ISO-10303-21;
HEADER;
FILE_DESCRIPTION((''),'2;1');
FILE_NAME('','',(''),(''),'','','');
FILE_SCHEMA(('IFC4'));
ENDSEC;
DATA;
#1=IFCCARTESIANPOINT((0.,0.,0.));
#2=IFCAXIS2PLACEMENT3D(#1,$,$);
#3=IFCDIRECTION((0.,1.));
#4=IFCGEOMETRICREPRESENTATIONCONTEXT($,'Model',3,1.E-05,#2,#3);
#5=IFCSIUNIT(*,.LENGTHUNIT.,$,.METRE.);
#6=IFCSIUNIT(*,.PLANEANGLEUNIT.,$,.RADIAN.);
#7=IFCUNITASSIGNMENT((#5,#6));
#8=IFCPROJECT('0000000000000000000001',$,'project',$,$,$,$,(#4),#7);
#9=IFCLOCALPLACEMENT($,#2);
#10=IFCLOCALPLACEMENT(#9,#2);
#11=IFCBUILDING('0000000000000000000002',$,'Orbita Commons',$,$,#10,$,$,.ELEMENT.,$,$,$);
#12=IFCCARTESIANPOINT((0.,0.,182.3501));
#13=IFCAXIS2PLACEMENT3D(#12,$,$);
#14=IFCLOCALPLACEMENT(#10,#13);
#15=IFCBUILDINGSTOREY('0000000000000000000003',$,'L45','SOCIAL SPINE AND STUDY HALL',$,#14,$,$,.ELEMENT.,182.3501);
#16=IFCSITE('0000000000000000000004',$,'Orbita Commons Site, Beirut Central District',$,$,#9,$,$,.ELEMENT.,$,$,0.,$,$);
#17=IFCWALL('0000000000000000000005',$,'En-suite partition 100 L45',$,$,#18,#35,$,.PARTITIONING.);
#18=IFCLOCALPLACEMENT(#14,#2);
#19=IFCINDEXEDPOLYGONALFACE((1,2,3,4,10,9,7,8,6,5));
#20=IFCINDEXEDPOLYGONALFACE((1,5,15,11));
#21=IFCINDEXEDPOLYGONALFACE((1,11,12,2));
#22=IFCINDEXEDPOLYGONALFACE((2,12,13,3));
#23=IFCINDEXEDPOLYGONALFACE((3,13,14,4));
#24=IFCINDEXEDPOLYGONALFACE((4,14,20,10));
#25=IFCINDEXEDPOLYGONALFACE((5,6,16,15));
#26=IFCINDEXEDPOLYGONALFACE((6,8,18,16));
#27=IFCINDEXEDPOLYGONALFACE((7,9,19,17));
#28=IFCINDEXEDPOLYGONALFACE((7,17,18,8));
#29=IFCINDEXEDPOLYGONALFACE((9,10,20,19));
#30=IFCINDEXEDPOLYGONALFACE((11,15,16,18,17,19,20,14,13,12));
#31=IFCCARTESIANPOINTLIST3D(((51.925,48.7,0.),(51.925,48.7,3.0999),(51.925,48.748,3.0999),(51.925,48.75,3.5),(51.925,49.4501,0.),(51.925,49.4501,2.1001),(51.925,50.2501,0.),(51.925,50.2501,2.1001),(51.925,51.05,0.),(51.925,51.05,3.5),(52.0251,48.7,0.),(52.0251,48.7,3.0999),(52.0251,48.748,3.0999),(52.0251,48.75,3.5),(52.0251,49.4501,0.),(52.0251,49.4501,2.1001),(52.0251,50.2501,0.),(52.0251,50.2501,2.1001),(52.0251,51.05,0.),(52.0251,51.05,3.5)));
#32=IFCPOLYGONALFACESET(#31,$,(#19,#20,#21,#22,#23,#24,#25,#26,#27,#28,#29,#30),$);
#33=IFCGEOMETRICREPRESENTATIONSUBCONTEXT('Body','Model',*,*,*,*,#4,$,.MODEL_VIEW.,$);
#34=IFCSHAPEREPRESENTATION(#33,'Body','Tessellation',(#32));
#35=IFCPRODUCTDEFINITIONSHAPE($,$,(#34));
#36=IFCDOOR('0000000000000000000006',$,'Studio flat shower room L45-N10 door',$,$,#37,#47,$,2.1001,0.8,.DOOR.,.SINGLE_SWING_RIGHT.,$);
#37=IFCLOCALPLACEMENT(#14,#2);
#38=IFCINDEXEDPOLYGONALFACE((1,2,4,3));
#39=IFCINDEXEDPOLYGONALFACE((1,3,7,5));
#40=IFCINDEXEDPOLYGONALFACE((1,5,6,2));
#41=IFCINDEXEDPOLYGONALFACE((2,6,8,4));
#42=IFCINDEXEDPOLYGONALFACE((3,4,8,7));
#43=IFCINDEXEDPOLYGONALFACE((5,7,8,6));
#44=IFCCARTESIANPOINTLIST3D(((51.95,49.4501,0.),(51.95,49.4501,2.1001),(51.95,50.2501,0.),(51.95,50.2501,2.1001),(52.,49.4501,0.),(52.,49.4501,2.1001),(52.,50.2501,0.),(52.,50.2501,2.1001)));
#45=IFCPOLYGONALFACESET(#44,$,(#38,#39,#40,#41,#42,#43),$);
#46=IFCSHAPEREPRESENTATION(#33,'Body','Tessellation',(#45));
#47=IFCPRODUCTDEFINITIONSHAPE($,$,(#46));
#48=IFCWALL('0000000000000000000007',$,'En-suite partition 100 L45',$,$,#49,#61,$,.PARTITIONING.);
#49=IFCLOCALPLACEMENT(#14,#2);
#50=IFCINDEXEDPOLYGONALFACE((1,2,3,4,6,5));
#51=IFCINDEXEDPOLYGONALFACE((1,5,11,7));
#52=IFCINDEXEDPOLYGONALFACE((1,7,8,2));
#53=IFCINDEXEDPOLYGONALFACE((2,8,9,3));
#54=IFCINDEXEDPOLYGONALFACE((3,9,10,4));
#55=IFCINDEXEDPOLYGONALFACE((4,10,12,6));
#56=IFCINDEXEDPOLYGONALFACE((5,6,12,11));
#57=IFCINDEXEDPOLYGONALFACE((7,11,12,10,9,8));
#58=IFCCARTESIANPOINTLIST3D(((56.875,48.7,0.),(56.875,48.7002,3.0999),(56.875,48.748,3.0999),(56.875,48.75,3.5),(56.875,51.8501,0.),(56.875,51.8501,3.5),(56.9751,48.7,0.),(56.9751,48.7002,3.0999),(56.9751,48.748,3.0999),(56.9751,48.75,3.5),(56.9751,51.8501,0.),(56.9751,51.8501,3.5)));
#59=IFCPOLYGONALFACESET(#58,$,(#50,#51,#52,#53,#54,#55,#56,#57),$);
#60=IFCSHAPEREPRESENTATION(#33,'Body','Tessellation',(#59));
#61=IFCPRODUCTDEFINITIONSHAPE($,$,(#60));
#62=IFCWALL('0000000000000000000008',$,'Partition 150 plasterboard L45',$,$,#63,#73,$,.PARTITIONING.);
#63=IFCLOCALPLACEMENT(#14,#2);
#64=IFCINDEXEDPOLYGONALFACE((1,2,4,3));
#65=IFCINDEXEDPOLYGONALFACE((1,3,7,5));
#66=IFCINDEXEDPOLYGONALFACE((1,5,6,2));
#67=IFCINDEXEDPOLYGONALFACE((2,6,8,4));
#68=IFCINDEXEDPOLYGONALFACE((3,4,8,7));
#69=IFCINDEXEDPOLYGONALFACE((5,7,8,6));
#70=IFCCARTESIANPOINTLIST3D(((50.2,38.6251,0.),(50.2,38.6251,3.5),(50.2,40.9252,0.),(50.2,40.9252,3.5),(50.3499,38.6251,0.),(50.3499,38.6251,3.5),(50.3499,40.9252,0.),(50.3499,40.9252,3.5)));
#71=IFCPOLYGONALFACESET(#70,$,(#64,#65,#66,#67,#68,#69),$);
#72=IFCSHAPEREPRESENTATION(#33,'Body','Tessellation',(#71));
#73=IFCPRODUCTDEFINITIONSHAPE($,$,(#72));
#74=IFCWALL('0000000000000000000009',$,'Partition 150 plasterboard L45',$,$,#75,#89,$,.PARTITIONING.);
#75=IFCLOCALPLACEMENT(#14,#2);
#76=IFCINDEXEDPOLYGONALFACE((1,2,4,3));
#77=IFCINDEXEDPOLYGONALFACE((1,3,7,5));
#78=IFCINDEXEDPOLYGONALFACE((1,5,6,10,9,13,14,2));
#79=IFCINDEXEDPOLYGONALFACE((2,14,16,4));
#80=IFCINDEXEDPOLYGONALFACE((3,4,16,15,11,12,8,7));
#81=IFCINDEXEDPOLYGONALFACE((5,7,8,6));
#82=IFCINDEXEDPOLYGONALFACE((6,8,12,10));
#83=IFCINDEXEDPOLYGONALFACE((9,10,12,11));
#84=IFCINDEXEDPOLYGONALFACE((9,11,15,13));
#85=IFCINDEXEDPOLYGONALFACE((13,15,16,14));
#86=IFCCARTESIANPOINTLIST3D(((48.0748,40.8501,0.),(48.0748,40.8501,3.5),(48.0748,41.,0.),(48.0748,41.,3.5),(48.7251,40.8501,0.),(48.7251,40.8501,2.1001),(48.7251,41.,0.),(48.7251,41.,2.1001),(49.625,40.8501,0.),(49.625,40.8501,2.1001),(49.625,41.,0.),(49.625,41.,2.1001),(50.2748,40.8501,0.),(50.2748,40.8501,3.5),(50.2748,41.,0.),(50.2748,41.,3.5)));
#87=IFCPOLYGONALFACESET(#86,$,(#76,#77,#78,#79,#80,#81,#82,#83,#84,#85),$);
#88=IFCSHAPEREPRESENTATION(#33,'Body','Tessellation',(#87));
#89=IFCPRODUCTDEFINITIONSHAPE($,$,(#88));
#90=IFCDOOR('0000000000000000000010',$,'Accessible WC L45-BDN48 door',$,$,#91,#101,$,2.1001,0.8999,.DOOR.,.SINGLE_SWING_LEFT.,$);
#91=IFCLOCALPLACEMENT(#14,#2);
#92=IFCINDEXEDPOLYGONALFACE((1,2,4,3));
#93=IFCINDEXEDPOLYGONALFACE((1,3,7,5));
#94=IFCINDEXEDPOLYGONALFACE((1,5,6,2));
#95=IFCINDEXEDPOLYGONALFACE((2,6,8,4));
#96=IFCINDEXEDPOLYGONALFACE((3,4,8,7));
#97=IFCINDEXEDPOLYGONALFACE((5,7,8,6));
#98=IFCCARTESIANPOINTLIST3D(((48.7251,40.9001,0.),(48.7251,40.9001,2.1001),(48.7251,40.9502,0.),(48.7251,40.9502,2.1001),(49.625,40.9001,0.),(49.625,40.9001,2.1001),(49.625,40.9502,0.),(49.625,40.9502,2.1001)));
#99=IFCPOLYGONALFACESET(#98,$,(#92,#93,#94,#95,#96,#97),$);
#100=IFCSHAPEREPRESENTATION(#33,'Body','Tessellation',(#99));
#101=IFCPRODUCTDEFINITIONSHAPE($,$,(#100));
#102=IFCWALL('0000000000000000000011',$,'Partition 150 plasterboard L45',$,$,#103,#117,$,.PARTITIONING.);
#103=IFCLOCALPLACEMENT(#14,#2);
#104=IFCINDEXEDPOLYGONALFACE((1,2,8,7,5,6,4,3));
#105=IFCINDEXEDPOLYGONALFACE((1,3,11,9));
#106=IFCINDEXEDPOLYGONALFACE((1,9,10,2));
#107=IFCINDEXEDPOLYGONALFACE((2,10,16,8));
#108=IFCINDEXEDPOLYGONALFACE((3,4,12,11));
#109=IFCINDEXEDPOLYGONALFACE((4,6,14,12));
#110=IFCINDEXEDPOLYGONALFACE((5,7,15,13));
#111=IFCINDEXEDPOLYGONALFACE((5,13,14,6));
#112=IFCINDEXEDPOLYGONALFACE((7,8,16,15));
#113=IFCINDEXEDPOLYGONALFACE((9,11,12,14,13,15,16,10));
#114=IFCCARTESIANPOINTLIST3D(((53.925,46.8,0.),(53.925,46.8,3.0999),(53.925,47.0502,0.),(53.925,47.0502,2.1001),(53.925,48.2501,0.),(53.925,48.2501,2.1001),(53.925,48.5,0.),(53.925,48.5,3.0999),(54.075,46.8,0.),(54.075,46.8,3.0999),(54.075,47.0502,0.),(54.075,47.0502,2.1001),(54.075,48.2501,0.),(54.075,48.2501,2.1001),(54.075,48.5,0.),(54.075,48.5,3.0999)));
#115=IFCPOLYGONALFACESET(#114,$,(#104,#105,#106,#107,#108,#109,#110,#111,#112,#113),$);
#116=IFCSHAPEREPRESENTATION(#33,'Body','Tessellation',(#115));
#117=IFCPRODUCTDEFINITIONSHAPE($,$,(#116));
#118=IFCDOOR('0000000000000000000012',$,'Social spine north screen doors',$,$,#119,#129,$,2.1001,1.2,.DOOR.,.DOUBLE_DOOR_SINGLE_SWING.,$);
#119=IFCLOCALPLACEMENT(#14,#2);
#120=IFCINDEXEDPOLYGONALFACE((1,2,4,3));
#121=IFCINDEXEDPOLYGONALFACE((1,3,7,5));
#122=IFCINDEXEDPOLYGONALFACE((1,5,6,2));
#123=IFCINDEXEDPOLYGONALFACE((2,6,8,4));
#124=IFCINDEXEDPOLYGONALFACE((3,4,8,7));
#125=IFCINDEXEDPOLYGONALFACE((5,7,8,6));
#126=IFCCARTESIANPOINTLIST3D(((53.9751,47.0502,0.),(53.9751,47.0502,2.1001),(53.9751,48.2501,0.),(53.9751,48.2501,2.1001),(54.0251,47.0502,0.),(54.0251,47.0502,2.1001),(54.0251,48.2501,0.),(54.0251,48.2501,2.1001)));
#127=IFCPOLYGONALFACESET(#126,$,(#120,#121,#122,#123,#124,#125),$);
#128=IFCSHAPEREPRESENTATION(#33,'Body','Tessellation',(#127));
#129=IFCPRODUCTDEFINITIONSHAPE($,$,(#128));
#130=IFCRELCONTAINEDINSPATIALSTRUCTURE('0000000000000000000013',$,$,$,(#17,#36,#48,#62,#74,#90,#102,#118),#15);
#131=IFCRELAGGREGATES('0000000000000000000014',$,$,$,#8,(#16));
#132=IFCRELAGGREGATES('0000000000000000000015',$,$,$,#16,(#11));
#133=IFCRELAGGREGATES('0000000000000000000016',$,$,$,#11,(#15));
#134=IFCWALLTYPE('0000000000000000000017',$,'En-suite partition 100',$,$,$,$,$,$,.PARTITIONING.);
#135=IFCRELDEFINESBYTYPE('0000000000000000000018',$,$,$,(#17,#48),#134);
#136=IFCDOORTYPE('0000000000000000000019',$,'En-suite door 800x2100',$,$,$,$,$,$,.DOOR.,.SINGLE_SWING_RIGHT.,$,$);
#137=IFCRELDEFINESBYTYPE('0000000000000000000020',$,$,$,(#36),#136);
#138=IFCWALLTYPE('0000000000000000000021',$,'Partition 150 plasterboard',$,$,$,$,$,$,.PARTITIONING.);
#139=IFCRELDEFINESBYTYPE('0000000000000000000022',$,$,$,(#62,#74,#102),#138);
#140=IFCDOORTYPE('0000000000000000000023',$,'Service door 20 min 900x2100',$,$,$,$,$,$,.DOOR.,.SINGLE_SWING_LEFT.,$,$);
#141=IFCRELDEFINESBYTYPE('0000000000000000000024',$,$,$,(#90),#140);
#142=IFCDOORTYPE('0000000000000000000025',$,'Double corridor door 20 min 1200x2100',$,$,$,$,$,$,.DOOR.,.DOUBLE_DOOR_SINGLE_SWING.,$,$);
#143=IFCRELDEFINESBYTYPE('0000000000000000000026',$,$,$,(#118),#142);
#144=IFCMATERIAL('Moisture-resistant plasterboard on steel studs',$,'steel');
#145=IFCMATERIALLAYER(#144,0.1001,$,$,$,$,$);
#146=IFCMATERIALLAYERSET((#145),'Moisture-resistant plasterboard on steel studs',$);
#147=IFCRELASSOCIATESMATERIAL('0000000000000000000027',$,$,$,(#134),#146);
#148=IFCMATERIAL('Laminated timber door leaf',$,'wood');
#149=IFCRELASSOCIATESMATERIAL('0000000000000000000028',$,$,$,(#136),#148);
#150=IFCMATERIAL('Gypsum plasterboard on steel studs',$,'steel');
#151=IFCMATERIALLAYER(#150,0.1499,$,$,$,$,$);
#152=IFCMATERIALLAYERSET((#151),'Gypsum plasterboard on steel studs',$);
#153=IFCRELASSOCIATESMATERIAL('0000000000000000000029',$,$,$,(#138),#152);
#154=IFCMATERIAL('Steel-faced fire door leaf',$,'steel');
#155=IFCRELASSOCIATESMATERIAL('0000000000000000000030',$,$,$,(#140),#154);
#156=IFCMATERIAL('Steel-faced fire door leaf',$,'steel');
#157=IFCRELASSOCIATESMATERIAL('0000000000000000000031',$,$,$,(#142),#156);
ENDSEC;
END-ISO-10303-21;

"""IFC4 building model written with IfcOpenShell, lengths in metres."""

from ifc_helpers import new_model, si_unit, direction, frame, frame_2d, origin, place, context, subcontext, project, spatial, polyline, rectangle, outline, extrude, material, layer, layer_set, type_object, element, fill, save


model = new_model("IFC4")

# Units and contexts
model_context = context("Model", 3, precision=1e-05, world=origin(), true_north=direction((0.0, 1.0)))
body_context = subcontext(model_context, "Body", "Model", "MODEL_VIEW")
ifc_project = project(units=[si_unit("LENGTHUNIT", "METRE"), si_unit("PLANEANGLEUNIT", "RADIAN")], contexts=[model_context])

# Site, building, storey
site_placement = place(None, origin())
site = spatial("IfcSite", under=ifc_project, at=site_placement, Name="Orbita Commons Site, Beirut Central District", CompositionType="ELEMENT", RefElevation=0.0)
building_placement = place(site_placement, origin())
building = spatial("IfcBuilding", under=site, at=building_placement, Name="Orbita Commons", CompositionType="ELEMENT")
storey_placement = place(building_placement, frame((0.0, 0.0, 182.3501)))
storey = spatial("IfcBuildingStorey", under=building, at=storey_placement, Name="L45", Description="SOCIAL SPINE AND STUDY HALL", CompositionType="ELEMENT", Elevation=182.3501)

# Shared definitions
ifc_material_1 = material(Name="Moisture-resistant plasterboard on steel studs", Category="steel")
ifc_layer_1 = layer(ifc_material_1, 0.1001)
ifc_layer_set_1 = layer_set([ifc_layer_1], Name="Moisture-resistant plasterboard on steel studs")
wall_type_1 = type_object("IfcWallType", Name="En-suite partition 100", PredefinedType="PARTITIONING", material=ifc_layer_set_1)

# Shared definitions
ifc_material_2 = material(Name="Laminated timber door leaf", Category="wood")
door_type_1 = type_object("IfcDoorType", Name="En-suite door 800x2100", OperationType="SINGLE_SWING_RIGHT", PredefinedType="DOOR", material=ifc_material_2)

# Wall, opening, door
wall_1_placement = place(storey_placement, frame((51.9751, 51.05, 0.0), z_axis=(0.0, 0.0, 1.0), x_axis=(0.0, -1.0, 0.0)))
wall_1 = element("IfcWall", 1, at=wall_1_placement, inside=storey, type_object=wall_type_1, Name="En-suite partition 100 L45", PredefinedType="PARTITIONING", context=body_context, shape_type="SweptSolid", body=[
    extrude(outline(polyline([(0.0, 0.0), (2.3501, 0.0), (2.3501, 3.0999), (2.302, 3.0999), (2.3, 3.5), (0.0, 3.5), (0.0, 0.0)])), frame((0.0, 0.05, 0.0), z_axis=(0.0, -1.0, 0.0), x_axis=(1.0, 0.0, 0.0)), (0.0, 0.0, 1.0), 0.1001),
])
opening_1_placement = place(wall_1_placement, frame((0.8, 0.0, 0.0)))
opening_1 = element("IfcOpeningElement", 2, at=opening_1_placement, cuts=wall_1, PredefinedType="OPENING", context=body_context, shape_type="SweptSolid", body=[
    extrude(rectangle(XDim=0.8, YDim=2.1001, at=frame_2d((0.3999, 1.05))), frame((0.0, 0.0601, 0.0), z_axis=(0.0, -1.0, 0.0), x_axis=(1.0, 0.0, 0.0)), (0.0, 0.0, 1.0), 0.1201),
])
door_1_placement = place(opening_1_placement, origin())
door_1 = element("IfcDoor", 3, at=door_1_placement, inside=storey, type_object=door_type_1, Name="Studio flat shower room L45-N10 door", OperationType="SINGLE_SWING_RIGHT", OverallHeight=2.1001, OverallWidth=0.8, PredefinedType="DOOR", context=body_context, shape_type="SweptSolid", body=[
    extrude(rectangle(XDim=0.8, YDim=2.1001, at=frame_2d((0.3999, 1.05))), frame((0.0, 0.0249, 0.0), z_axis=(0.0, -1.0, 0.0), x_axis=(1.0, 0.0, 0.0)), (0.0, 0.0, 1.0), 0.05),
])
fill(opening_1, door_1)

# Walls
wall_2_placement = place(storey_placement, frame((56.925, 51.8501, 0.0), z_axis=(0.0, 0.0, 1.0), x_axis=(0.0, -1.0, 0.0)))
element("IfcWall", 4, at=wall_2_placement, inside=storey, type_object=wall_type_1, Name="En-suite partition 100 L45", PredefinedType="PARTITIONING", context=body_context, shape_type="SweptSolid", body=[
    extrude(outline(polyline([(0.0, 0.0), (3.1501, 0.0), (3.1499, 3.0999), (3.1021, 3.0999), (3.1001, 3.5), (0.0, 3.5), (0.0, 0.0)])), frame((0.0, 0.05, 0.0), z_axis=(0.0, -1.0, 0.0), x_axis=(1.0, 0.0, 0.0)), (0.0, 0.0, 1.0), 0.1001),
])
ifc_material_3 = material(Name="Gypsum plasterboard on steel studs", Category="steel")
ifc_layer_2 = layer(ifc_material_3, 0.1499)
ifc_layer_set_2 = layer_set([ifc_layer_2], Name="Gypsum plasterboard on steel studs")
wall_type_2 = type_object("IfcWallType", Name="Partition 150 plasterboard", PredefinedType="PARTITIONING", material=ifc_layer_set_2)
wall_3_placement = place(storey_placement, frame((50.2749, 40.925, 0.0), z_axis=(0.0, 0.0, 1.0), x_axis=(0.0, -1.0, 0.0)))
element("IfcWall", 5, at=wall_3_placement, inside=storey, type_object=wall_type_2, Name="Partition 150 plasterboard L45", PredefinedType="PARTITIONING", context=body_context, shape_type="SweptSolid", body=[
    extrude(rectangle(XDim=2.3, YDim=0.1499, at=frame_2d((1.1499, 0.0))), origin(), (0.0, 0.0, 1.0), 3.5),
])

# Walls, openings, doors
wall_4_placement = place(storey_placement, frame((50.2749, 40.925, 0.0), z_axis=(0.0, 0.0, 1.0), x_axis=(-1.0, 0.0, 0.0)))
wall_4 = element("IfcWall", 6, at=wall_4_placement, inside=storey, type_object=wall_type_2, Name="Partition 150 plasterboard L45", PredefinedType="PARTITIONING", context=body_context, shape_type="SweptSolid", body=[
    extrude(rectangle(XDim=2.2, YDim=0.1499, at=frame_2d((1.1001, 0.0))), origin(), (0.0, 0.0, 1.0), 3.5),
])
opening_2_placement = place(wall_4_placement, frame((0.6499, 0.0, 0.0)))
opening_2 = element("IfcOpeningElement", 7, at=opening_2_placement, cuts=wall_4, PredefinedType="OPENING", context=body_context, shape_type="SweptSolid", body=[
    extrude(rectangle(XDim=0.8999, YDim=2.1001, at=frame_2d((0.45, 1.05))), frame((0.0, 0.085, 0.0), z_axis=(0.0, -1.0, 0.0), x_axis=(1.0, 0.0, 0.0)), (0.0, 0.0, 1.0), 0.1699),
])
ifc_material_4 = material(Name="Steel-faced fire door leaf", Category="steel")
door_type_2 = type_object("IfcDoorType", Name="Service door 20 min 900x2100", OperationType="SINGLE_SWING_LEFT", PredefinedType="DOOR", material=ifc_material_4)
door_2_placement = place(opening_2_placement, origin())
door_2 = element("IfcDoor", 8, at=door_2_placement, inside=storey, type_object=door_type_2, Name="Accessible WC L45-BDN48 door", OperationType="SINGLE_SWING_LEFT", OverallHeight=2.1001, OverallWidth=0.8999, PredefinedType="DOOR", context=body_context, shape_type="SweptSolid", body=[
    extrude(rectangle(XDim=0.8999, YDim=2.1001, at=frame_2d((0.45, 1.05))), frame((0.0, 0.0249, 0.0), z_axis=(0.0, -1.0, 0.0), x_axis=(1.0, 0.0, 0.0)), (0.0, 0.0, 1.0), 0.05),
])
fill(opening_2, door_2)
wall_5_placement = place(storey_placement, frame((54.0, 46.8, 0.0), z_axis=(0.0, 0.0, 1.0), x_axis=(0.0, 1.0, 0.0)))
wall_5 = element("IfcWall", 9, at=wall_5_placement, inside=storey, type_object=wall_type_2, Name="Partition 150 plasterboard L45", PredefinedType="PARTITIONING", context=body_context, shape_type="SweptSolid", body=[
    extrude(outline(polyline([(0.0, 0.0), (1.7, 0.0), (1.7, 3.0999), (0.0, 3.0999), (0.0, 0.0)])), frame((0.0, 0.075, 0.0), z_axis=(0.0, -1.0, 0.0), x_axis=(1.0, 0.0, 0.0)), (0.0, 0.0, 1.0), 0.1499),
])
opening_3_placement = place(wall_5_placement, frame((0.25, 0.0, 0.0)))
opening_3 = element("IfcOpeningElement", 10, at=opening_3_placement, cuts=wall_5, PredefinedType="OPENING", context=body_context, shape_type="SweptSolid", body=[
    extrude(rectangle(XDim=1.2, YDim=2.1001, at=frame_2d((0.6001, 1.05))), frame((0.0, 0.085, 0.0), z_axis=(0.0, -1.0, 0.0), x_axis=(1.0, 0.0, 0.0)), (0.0, 0.0, 1.0), 0.1699),
])
ifc_material_5 = material(Name="Steel-faced fire door leaf", Category="steel")
door_type_3 = type_object("IfcDoorType", Name="Double corridor door 20 min 1200x2100", OperationType="DOUBLE_DOOR_SINGLE_SWING", PredefinedType="DOOR", material=ifc_material_5)
door_3_placement = place(opening_3_placement, origin())
door_3 = element("IfcDoor", 11, at=door_3_placement, inside=storey, type_object=door_type_3, Name="Social spine north screen doors", OperationType="DOUBLE_DOOR_SINGLE_SWING", OverallHeight=2.1001, OverallWidth=1.2, PredefinedType="DOOR", context=body_context, shape_type="SweptSolid", body=[
    extrude(rectangle(XDim=1.2, YDim=2.1001, at=frame_2d((0.6001, 1.05))), frame((0.0, 0.0249, 0.0), z_axis=(0.0, -1.0, 0.0), x_axis=(1.0, 0.0, 0.0)), (0.0, 0.0, 1.0), 0.05),
])
fill(opening_3, door_3)

save(model, "model.ifc")
